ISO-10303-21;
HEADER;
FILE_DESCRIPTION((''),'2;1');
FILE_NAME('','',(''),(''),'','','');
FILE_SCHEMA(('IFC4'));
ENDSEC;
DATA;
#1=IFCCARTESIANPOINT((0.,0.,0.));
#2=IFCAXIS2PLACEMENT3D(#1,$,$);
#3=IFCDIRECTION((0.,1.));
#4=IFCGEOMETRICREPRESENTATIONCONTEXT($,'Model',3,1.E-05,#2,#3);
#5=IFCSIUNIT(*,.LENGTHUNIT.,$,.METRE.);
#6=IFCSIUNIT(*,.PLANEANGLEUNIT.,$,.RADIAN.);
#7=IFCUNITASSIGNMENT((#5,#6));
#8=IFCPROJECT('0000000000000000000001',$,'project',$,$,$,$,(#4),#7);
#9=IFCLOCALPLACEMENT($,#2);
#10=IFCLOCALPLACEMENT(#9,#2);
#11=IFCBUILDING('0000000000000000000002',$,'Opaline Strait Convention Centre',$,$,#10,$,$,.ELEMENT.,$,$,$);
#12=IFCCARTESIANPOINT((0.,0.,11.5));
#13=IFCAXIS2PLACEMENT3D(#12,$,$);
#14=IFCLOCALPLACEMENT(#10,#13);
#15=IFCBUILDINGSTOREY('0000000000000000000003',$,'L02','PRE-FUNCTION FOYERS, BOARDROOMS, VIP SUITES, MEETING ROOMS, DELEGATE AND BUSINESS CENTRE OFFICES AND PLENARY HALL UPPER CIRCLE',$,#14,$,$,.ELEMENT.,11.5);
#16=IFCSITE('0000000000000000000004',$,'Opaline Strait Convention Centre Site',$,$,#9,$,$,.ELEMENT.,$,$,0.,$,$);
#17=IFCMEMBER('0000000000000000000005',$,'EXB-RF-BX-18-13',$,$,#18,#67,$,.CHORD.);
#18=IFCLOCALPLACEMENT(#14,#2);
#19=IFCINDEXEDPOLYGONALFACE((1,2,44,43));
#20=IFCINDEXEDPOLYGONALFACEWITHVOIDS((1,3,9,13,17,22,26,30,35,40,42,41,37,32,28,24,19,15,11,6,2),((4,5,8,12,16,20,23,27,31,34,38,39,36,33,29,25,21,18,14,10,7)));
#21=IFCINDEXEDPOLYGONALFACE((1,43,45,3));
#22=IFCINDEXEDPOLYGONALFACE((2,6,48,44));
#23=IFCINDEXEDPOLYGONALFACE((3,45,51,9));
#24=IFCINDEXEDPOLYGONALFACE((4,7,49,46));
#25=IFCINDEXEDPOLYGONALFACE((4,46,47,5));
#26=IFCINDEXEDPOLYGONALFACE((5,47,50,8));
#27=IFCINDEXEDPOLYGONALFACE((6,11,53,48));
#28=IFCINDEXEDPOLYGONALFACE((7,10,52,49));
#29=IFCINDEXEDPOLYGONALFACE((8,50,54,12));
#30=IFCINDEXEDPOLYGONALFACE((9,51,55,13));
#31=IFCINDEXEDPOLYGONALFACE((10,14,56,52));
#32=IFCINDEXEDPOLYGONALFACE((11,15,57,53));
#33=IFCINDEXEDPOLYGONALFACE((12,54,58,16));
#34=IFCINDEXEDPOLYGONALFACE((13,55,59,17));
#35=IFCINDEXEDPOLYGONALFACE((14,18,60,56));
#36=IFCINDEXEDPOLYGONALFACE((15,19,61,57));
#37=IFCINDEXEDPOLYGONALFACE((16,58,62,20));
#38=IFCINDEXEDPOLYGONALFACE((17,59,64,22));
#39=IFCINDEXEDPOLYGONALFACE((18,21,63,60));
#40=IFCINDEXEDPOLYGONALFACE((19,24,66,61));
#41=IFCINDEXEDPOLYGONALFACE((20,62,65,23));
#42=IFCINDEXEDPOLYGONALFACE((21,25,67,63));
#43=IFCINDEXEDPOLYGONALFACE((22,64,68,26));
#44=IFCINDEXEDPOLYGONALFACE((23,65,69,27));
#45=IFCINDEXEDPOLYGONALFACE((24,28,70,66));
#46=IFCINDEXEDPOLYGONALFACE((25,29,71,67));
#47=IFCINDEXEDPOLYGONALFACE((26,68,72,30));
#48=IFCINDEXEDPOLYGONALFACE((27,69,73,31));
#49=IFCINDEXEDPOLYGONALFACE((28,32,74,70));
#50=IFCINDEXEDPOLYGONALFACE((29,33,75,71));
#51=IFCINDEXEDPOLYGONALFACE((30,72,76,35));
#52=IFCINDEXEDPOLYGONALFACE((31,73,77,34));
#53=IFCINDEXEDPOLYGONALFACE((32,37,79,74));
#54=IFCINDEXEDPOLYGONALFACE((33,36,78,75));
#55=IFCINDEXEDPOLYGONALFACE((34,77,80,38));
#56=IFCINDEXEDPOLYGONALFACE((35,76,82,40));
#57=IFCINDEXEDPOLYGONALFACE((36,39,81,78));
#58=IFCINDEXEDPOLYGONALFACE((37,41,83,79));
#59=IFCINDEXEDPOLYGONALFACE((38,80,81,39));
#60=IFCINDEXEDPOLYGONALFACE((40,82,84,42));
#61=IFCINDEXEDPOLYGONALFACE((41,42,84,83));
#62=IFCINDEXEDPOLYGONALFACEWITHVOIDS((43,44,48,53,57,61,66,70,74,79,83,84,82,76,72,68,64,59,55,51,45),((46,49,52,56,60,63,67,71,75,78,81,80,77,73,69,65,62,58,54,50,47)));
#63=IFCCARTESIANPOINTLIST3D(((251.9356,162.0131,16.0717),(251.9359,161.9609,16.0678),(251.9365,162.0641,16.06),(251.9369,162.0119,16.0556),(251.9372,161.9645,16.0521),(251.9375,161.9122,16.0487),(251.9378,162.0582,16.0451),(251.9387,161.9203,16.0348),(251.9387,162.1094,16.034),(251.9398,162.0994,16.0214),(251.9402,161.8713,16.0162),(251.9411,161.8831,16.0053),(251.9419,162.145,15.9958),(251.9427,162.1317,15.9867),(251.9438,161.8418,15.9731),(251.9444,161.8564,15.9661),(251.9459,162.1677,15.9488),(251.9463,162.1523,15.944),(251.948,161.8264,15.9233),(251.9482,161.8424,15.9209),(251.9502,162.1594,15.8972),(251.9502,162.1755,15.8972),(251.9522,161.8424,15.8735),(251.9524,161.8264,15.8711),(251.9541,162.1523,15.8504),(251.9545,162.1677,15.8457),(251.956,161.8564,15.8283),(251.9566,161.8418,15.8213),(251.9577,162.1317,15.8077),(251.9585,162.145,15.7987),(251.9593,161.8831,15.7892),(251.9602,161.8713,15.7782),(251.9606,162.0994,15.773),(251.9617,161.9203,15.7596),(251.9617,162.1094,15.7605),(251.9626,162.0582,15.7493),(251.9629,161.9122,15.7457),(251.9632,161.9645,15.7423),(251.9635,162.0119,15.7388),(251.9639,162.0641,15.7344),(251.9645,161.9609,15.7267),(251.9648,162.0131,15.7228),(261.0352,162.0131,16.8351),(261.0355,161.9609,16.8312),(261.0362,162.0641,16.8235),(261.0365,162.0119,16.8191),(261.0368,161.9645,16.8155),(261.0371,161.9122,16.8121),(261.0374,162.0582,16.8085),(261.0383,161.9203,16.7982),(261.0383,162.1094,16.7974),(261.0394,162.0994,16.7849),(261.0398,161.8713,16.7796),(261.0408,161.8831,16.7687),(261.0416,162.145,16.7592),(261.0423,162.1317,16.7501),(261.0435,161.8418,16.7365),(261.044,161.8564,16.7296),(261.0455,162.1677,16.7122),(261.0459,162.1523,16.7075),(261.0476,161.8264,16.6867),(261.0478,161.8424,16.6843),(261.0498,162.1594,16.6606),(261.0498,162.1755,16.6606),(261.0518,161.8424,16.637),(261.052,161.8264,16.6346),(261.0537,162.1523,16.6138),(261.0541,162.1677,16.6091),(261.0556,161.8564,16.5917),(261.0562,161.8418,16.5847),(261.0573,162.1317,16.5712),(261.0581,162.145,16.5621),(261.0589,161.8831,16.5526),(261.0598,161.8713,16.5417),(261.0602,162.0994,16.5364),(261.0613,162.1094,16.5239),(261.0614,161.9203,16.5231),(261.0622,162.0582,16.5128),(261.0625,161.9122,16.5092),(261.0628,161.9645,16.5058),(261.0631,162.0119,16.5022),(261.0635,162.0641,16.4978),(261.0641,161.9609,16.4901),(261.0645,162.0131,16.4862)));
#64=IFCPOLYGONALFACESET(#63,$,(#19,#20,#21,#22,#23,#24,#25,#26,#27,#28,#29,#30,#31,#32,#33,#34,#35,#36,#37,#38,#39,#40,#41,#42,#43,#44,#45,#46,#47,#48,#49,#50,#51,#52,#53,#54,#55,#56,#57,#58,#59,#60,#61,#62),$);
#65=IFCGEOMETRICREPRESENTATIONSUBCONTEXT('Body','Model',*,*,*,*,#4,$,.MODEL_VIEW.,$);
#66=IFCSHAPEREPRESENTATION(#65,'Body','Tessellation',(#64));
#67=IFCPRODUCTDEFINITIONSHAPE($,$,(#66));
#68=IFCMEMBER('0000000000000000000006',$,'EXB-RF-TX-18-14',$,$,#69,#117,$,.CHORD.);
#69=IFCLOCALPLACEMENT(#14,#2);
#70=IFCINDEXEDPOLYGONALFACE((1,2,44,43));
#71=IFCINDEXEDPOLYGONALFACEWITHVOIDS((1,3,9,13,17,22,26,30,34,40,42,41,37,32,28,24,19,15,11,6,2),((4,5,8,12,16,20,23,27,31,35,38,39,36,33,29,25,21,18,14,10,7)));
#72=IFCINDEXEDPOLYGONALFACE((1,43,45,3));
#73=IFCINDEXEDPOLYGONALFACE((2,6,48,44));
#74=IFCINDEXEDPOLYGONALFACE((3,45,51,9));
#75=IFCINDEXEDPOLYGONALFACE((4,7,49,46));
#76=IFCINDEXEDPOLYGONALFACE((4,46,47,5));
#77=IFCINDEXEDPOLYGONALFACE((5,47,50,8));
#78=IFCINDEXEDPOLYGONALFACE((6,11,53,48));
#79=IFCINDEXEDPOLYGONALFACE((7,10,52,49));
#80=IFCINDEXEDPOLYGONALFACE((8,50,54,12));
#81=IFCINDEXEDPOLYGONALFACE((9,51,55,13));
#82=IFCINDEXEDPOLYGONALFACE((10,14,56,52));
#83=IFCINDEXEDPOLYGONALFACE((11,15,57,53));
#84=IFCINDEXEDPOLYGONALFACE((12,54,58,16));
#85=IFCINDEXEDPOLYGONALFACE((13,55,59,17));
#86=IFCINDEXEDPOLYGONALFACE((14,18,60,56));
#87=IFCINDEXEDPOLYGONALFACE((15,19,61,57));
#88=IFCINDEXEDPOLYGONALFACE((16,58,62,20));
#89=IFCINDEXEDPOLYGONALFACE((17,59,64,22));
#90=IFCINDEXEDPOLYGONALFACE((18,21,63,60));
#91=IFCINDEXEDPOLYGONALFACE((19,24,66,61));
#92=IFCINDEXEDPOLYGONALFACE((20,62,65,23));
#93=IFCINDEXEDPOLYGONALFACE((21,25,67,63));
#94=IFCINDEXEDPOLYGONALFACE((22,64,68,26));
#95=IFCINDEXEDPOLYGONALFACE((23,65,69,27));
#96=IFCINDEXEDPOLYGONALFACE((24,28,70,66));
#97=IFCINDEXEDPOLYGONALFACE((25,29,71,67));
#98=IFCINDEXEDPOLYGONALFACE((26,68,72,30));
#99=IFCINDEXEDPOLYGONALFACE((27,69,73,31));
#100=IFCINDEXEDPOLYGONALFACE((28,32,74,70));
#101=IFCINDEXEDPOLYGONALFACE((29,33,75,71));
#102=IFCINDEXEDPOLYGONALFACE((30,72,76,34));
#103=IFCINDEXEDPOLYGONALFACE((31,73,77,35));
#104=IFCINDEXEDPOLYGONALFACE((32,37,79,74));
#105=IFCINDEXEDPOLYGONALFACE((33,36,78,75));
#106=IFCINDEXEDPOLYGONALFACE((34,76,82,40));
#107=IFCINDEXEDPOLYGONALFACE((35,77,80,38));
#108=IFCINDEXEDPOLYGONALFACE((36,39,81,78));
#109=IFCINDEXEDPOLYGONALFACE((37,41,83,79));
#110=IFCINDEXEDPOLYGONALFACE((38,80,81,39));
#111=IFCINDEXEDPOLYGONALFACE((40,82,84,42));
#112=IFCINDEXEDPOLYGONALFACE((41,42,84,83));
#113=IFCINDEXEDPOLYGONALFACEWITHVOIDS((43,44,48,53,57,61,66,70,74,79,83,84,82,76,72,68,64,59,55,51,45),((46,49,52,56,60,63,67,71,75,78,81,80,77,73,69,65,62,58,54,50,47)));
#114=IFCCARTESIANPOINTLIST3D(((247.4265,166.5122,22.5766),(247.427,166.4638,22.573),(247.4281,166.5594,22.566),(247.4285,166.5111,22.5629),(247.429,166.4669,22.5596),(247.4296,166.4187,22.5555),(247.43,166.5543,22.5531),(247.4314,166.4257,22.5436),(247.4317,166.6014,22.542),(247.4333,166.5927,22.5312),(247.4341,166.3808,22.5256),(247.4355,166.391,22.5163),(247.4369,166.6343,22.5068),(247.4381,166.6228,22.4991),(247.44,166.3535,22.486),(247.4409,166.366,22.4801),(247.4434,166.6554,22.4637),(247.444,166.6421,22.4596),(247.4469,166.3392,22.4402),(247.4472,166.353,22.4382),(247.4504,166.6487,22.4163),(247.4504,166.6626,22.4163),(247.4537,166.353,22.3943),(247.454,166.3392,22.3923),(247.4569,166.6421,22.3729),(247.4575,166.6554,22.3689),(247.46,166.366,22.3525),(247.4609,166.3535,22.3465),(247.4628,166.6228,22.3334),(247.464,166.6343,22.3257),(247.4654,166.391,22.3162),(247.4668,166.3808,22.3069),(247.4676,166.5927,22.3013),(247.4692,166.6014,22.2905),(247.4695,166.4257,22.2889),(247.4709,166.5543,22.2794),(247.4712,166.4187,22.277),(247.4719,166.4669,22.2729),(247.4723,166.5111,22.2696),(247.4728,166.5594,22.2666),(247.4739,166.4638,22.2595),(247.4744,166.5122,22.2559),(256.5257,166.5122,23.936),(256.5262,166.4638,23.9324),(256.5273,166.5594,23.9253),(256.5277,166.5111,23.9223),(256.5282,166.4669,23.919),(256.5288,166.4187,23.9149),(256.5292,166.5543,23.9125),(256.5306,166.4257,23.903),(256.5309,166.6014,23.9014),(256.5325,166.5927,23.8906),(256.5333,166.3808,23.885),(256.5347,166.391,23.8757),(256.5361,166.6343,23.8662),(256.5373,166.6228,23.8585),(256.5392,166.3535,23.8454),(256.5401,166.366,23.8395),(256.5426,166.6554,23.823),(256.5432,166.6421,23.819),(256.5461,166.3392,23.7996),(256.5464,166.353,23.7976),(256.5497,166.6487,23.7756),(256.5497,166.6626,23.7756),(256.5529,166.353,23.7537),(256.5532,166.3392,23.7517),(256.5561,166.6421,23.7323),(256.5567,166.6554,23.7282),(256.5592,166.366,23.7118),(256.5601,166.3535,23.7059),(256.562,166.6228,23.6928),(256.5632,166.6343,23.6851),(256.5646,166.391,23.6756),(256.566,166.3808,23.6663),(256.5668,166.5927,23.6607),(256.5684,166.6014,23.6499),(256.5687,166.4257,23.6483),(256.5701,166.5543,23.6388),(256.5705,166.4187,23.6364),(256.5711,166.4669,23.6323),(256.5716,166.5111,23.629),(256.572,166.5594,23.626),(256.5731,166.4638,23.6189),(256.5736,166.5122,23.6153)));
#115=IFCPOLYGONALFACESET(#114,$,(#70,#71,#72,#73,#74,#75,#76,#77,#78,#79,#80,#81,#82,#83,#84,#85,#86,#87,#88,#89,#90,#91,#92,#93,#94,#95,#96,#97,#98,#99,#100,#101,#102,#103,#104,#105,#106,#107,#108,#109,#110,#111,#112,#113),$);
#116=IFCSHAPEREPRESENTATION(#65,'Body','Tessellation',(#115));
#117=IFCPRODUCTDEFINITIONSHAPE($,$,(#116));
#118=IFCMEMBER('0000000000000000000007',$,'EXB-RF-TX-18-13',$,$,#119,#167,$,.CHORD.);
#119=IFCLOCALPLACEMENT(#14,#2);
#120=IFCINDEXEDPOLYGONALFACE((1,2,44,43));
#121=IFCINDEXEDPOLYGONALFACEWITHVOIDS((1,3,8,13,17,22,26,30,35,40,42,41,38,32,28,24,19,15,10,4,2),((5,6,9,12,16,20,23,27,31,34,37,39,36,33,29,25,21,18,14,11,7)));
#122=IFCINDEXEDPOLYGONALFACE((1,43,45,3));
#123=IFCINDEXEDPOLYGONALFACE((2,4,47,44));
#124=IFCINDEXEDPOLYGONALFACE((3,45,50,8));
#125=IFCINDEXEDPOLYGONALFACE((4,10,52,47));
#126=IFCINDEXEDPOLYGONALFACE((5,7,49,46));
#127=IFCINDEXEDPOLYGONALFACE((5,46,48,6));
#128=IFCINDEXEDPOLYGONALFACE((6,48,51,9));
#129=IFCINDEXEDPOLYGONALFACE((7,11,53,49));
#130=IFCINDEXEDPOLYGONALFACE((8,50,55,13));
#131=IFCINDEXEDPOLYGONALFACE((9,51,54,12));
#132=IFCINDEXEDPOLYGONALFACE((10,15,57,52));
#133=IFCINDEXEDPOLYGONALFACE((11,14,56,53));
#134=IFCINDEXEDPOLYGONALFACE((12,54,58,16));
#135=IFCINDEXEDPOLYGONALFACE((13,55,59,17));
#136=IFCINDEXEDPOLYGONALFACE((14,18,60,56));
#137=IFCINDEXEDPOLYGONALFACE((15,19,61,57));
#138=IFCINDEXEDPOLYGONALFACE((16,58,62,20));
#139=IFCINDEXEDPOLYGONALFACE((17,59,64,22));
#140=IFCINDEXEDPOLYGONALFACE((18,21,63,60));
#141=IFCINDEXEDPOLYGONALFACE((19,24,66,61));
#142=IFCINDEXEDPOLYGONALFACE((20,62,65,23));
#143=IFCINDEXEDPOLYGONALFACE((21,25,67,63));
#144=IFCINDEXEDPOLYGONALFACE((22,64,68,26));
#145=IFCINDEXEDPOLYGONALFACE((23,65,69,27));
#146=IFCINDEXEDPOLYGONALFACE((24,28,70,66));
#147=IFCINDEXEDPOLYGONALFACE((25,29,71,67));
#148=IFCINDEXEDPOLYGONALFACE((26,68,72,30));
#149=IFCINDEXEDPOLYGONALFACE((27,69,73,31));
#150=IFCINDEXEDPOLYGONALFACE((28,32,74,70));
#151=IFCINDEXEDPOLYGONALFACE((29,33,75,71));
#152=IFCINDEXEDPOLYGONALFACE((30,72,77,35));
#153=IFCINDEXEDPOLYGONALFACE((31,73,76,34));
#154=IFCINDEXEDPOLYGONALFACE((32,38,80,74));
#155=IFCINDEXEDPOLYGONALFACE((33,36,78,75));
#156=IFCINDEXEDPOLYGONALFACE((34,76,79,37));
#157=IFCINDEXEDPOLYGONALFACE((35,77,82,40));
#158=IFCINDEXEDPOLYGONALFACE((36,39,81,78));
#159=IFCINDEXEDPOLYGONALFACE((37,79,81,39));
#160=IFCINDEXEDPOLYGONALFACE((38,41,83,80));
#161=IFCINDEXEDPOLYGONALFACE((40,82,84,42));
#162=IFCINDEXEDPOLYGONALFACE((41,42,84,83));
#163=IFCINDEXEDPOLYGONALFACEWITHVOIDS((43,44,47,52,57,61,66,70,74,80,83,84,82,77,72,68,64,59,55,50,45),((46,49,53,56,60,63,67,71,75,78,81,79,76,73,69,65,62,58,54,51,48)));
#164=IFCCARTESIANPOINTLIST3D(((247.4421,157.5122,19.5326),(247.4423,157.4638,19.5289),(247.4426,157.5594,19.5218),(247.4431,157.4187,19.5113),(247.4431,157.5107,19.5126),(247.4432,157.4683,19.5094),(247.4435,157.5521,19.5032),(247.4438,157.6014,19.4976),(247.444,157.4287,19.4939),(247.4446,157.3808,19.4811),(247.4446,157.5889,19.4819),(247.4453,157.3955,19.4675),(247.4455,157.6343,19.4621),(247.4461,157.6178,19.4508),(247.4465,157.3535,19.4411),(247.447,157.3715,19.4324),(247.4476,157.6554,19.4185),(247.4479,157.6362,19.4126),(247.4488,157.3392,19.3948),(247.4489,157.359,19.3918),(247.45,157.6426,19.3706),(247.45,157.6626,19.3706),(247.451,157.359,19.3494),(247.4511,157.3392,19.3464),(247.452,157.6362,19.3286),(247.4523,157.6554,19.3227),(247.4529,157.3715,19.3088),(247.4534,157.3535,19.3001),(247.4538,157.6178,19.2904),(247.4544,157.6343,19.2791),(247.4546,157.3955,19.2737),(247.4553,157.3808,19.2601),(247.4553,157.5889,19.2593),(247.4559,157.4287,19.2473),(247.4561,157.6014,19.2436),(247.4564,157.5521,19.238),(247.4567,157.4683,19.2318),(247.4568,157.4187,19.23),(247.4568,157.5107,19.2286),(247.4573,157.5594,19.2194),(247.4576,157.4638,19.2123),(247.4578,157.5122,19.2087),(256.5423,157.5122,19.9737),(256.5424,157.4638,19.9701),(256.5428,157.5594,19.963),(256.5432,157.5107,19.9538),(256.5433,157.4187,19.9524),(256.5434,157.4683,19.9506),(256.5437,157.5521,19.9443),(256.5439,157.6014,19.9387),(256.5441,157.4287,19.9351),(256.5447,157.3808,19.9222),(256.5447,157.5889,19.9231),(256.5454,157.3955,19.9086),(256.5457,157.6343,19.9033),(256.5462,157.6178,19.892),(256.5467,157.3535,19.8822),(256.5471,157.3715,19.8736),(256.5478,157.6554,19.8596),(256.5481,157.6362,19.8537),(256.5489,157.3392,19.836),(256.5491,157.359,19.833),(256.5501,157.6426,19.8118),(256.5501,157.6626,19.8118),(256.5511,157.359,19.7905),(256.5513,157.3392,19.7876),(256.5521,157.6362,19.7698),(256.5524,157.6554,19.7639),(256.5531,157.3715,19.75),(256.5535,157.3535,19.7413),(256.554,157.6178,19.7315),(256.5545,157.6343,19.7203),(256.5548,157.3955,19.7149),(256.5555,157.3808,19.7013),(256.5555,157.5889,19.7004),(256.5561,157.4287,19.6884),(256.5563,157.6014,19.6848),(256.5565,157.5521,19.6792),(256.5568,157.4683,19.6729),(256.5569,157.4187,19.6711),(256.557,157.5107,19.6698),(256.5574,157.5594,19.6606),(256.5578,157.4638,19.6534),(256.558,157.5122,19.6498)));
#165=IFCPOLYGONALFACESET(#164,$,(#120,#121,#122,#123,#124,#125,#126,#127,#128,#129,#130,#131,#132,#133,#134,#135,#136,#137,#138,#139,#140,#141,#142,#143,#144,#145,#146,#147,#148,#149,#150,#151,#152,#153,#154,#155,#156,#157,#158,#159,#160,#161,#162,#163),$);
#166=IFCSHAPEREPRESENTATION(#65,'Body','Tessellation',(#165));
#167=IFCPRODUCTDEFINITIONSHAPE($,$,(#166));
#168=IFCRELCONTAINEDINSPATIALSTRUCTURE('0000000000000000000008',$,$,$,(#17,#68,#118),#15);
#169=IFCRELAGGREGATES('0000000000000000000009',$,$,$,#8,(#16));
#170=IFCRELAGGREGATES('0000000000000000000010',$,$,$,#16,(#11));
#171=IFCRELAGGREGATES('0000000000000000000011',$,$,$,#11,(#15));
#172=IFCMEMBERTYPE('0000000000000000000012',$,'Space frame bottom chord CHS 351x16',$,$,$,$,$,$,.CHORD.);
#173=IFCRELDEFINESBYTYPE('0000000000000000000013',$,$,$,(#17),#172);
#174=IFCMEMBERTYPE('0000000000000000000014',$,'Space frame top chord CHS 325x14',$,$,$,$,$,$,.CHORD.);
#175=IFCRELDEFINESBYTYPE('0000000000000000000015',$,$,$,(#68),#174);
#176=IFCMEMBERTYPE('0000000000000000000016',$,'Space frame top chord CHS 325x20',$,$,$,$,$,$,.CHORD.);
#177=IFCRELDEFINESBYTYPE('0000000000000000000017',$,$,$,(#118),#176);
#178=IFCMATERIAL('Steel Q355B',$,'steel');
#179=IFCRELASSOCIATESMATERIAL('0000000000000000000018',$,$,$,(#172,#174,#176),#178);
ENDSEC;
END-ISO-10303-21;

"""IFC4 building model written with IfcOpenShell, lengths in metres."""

from ifc_helpers import new_model, si_unit, direction, frame, origin, origin_2d, place, context, subcontext, project, spatial, hollow_circle, extrude, material, material_profile, profile_set, type_object, element, save


model = new_model("IFC4")

# Units and contexts
model_context = context("Model", 3, precision=1e-05, world=origin(), true_north=direction((0.0, 1.0)))
body_context = subcontext(model_context, "Body", "Model", "MODEL_VIEW")
ifc_project = project(units=[si_unit("LENGTHUNIT", "METRE"), si_unit("PLANEANGLEUNIT", "RADIAN")], contexts=[model_context])

# Site, building, storey
site_placement = place(None, origin())
site = spatial("IfcSite", under=ifc_project, at=site_placement, Name="Opaline Strait Convention Centre Site", CompositionType="ELEMENT", RefElevation=0.0)
building_placement = place(site_placement, origin())
building = spatial("IfcBuilding", under=site, at=building_placement, Name="Opaline Strait Convention Centre", CompositionType="ELEMENT")
storey_placement = place(building_placement, frame((0.0, 0.0, 11.5)))
storey = spatial("IfcBuildingStorey", under=building, at=storey_placement, Name="L02", Description="PRE-FUNCTION FOYERS, BOARDROOMS, VIP SUITES, MEETING ROOMS, DELEGATE AND BUSINESS CENTRE OFFICES AND PLENARY HALL UPPER CIRCLE", CompositionType="ELEMENT", Elevation=11.5)

# Members
ifc_material_1 = material(Name="Steel Q355B", Category="steel")
ifc_material_profile_1 = material_profile(ifc_material_1, hollow_circle(Radius=0.1755, WallThickness=0.0161, at=origin_2d()), Name="CHS 351x16")
ifc_profile_set_1 = profile_set([ifc_material_profile_1], Name="Steel Q355B")
member_type_1 = type_object("IfcMemberType", Name="Space frame bottom chord CHS 351x16", PredefinedType="CHORD", material=ifc_profile_set_1)
member_1_placement = place(storey_placement, frame((251.9502, 162.0, 15.8972), z_axis=(0.996499, 0.0, 0.083603), x_axis=(0.0, 1.0, 0.0)))
element("IfcMember", 1, at=member_1_placement, inside=storey, type_object=member_type_1, Name="EXB-RF-BX-18-13", PredefinedType="CHORD", context=body_context, shape_type="SweptSolid", body=[
    extrude(hollow_circle(Radius=0.1755, WallThickness=0.0161, at=origin_2d()), origin(), (0.0, 0.0, 1.0), 9.1316),
])
ifc_material_profile_2 = material_profile(ifc_material_1, hollow_circle(Radius=0.1626, WallThickness=0.0139, at=origin_2d()), Name="CHS 325x14")
ifc_profile_set_2 = profile_set([ifc_material_profile_2], Name="Steel Q355B")
member_type_2 = type_object("IfcMemberType", Name="Space frame top chord CHS 325x14", PredefinedType="CHORD", material=ifc_profile_set_2)
member_2_placement = place(storey_placement, frame((247.4504, 166.5, 22.4163), z_axis=(0.989024, 0.0, 0.147756), x_axis=(0.0, 1.0, 0.0)))
element("IfcMember", 2, at=member_2_placement, inside=storey, type_object=member_type_2, Name="EXB-RF-TX-18-14", PredefinedType="CHORD", context=body_context, shape_type="SweptSolid", body=[
    extrude(hollow_circle(Radius=0.1626, WallThickness=0.0139, at=origin_2d()), origin(), (0.0, 0.0, 1.0), 9.2002),
])
ifc_material_profile_3 = material_profile(ifc_material_1, hollow_circle(Radius=0.1626, WallThickness=0.02, at=origin_2d()), Name="CHS 325x20")
ifc_profile_set_3 = profile_set([ifc_material_profile_3], Name="Steel Q355B")
member_type_3 = type_object("IfcMemberType", Name="Space frame top chord CHS 325x20", PredefinedType="CHORD", material=ifc_profile_set_3)
member_3_placement = place(storey_placement, frame((247.45, 157.5, 19.3706), z_axis=(0.998827, 0.0, 0.048422), x_axis=(0.0, 1.0, 0.0)))
element("IfcMember", 3, at=member_3_placement, inside=storey, type_object=member_type_3, Name="EXB-RF-TX-18-13", PredefinedType="CHORD", context=body_context, shape_type="SweptSolid", body=[
    extrude(hollow_circle(Radius=0.1626, WallThickness=0.02, at=origin_2d()), origin(), (0.0, 0.0, 1.0), 9.1108),
])

save(model, "model.ifc")
